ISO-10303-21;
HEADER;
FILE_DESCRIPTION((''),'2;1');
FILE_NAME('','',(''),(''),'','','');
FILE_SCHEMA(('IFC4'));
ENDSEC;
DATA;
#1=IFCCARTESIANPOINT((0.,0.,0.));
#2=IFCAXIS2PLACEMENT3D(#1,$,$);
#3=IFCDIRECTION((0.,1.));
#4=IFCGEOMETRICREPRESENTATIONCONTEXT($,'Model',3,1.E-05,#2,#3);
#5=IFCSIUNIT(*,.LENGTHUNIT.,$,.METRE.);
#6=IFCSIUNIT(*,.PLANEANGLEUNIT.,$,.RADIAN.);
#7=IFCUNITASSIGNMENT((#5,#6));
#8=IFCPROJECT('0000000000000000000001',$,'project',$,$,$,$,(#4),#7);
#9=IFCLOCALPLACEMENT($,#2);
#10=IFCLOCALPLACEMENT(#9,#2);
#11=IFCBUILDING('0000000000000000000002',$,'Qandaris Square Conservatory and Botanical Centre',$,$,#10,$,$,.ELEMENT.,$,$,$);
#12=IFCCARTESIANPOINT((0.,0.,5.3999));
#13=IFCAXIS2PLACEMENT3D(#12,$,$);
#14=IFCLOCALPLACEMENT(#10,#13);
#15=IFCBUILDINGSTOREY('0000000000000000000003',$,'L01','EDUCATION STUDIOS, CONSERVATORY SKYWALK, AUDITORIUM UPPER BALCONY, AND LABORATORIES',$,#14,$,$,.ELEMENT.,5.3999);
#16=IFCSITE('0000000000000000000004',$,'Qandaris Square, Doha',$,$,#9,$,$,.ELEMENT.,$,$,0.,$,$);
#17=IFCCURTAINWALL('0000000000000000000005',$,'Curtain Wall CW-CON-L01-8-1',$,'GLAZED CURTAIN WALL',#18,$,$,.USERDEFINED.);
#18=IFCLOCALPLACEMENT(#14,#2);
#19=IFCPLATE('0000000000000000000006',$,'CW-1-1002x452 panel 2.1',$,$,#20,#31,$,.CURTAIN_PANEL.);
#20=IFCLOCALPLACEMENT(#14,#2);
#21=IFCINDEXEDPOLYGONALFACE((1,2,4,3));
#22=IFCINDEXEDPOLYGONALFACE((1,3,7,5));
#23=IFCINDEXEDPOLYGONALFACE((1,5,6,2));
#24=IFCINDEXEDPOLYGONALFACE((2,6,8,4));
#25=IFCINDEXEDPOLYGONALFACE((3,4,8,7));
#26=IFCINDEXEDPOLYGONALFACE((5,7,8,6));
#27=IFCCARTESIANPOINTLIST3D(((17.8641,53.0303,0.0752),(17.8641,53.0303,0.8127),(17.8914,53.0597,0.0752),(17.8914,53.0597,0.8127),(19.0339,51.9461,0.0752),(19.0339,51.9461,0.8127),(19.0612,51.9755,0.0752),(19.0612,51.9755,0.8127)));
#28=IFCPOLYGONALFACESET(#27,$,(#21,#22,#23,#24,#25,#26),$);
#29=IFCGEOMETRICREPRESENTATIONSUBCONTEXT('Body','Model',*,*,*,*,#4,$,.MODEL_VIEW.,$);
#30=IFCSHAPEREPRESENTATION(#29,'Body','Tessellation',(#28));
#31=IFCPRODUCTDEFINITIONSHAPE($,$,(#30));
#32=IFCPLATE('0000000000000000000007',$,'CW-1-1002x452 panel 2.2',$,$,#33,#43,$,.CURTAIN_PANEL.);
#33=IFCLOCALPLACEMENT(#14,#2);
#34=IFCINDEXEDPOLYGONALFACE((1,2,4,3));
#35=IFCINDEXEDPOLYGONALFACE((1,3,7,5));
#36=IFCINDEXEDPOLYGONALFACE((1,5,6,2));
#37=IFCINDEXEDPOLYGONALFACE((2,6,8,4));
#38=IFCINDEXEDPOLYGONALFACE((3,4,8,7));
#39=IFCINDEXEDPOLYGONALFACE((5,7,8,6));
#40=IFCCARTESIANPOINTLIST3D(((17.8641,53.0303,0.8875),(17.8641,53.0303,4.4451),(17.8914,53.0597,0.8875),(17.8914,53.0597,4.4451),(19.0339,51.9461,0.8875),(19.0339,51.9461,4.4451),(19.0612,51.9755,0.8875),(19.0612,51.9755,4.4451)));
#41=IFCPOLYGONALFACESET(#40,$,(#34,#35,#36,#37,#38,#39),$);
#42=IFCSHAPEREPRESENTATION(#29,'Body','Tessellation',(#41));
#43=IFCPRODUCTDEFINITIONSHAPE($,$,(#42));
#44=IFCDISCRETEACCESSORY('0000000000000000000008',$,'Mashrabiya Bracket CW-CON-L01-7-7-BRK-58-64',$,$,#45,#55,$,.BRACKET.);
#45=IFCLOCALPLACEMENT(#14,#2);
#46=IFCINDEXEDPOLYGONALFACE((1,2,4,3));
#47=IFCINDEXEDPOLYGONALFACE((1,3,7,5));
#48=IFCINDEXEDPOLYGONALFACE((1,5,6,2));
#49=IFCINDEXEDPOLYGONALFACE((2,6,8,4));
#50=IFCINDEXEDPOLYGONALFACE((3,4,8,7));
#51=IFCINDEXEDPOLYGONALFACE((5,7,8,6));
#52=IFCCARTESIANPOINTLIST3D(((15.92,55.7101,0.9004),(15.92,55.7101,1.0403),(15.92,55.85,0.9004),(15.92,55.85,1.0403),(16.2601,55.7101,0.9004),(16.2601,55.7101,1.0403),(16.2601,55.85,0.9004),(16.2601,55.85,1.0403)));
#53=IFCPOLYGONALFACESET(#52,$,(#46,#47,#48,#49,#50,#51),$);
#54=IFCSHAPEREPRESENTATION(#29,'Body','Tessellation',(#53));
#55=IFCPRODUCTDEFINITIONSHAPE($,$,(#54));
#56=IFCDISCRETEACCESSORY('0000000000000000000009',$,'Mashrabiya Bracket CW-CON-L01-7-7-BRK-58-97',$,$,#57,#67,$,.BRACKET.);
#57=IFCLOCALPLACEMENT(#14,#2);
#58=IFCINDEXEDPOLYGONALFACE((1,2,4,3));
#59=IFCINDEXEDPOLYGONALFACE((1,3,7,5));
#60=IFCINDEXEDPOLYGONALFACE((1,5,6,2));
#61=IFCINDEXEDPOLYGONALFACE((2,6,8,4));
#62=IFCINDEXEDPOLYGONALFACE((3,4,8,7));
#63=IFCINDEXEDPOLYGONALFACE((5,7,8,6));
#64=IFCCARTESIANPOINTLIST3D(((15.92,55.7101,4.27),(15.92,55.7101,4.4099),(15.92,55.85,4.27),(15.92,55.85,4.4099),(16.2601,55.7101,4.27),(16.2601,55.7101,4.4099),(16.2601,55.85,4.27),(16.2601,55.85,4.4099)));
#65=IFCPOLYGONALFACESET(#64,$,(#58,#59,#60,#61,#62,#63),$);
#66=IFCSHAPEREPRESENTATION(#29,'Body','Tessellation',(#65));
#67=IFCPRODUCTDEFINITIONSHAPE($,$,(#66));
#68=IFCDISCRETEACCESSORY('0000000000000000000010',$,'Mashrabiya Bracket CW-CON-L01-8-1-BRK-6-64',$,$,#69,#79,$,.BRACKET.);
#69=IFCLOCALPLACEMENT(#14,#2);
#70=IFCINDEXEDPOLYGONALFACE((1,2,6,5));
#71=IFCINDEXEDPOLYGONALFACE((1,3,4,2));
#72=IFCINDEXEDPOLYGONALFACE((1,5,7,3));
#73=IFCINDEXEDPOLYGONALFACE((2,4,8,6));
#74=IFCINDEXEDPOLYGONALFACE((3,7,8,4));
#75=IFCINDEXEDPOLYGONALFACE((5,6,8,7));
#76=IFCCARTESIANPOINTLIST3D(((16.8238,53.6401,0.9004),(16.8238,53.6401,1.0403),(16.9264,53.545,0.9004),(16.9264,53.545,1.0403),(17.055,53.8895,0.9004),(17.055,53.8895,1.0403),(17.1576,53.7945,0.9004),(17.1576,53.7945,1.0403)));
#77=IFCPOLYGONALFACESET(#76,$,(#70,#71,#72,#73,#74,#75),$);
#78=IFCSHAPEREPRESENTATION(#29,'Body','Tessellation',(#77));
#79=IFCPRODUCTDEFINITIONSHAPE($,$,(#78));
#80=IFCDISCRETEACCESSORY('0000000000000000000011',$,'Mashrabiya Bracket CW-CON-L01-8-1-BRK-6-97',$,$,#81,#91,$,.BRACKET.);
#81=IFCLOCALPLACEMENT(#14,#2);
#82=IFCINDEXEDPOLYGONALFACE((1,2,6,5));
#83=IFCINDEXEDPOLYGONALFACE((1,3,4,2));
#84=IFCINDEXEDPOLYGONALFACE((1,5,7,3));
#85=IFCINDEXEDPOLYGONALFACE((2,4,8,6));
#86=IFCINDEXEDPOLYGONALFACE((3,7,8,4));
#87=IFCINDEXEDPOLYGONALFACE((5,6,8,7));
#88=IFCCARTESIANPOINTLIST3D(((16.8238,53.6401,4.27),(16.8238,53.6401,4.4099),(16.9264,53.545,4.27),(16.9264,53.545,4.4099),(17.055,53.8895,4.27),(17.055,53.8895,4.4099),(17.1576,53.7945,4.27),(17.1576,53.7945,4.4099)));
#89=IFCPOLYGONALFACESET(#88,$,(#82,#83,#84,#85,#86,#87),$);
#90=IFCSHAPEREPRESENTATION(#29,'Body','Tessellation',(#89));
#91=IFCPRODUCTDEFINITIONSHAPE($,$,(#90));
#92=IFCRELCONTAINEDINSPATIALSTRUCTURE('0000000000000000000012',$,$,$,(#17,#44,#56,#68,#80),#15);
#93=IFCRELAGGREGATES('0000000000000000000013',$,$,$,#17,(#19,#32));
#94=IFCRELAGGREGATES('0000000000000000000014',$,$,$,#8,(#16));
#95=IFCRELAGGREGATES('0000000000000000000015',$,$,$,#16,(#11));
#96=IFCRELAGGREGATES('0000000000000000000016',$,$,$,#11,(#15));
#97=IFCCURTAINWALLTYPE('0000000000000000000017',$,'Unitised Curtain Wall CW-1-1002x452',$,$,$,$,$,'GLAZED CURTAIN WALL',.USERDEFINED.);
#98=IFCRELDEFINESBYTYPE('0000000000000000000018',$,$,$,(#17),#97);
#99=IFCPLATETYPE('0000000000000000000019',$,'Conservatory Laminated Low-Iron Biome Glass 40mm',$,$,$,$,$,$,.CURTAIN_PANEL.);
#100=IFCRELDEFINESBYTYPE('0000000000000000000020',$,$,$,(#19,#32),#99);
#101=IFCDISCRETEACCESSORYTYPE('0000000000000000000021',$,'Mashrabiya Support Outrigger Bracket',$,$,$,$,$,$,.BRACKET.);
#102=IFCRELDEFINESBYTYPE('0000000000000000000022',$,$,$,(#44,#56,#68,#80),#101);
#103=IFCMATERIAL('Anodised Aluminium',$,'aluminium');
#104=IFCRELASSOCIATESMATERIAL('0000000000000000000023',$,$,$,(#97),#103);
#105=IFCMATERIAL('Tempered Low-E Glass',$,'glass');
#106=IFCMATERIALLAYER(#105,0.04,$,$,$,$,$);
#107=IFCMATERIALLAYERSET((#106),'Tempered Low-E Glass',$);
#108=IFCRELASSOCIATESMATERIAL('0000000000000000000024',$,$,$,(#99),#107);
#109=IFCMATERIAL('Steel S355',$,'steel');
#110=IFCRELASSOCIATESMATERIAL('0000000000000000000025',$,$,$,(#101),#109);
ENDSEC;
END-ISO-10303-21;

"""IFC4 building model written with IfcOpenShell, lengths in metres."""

from ifc_helpers import new_model, si_unit, direction, frame, origin, origin_2d, place, context, subcontext, project, spatial, rectangle, extrude, material, layer, layer_set, type_object, element, aggregate, save


model = new_model("IFC4")

# Units and contexts
model_context = context("Model", 3, precision=1e-05, world=origin(), true_north=direction((0.0, 1.0)))
body_context = subcontext(model_context, "Body", "Model", "MODEL_VIEW")
ifc_project = project(units=[si_unit("LENGTHUNIT", "METRE"), si_unit("PLANEANGLEUNIT", "RADIAN")], contexts=[model_context])

# Site, building, storey
site_placement = place(None, origin())
site = spatial("IfcSite", under=ifc_project, at=site_placement, Name="Qandaris Square, Doha", CompositionType="ELEMENT", RefElevation=0.0)
building_placement = place(site_placement, origin())
building = spatial("IfcBuilding", under=site, at=building_placement, Name="Qandaris Square Conservatory and Botanical Centre", CompositionType="ELEMENT")
storey_placement = place(building_placement, frame((0.0, 0.0, 5.3999)))
storey = spatial("IfcBuildingStorey", under=building, at=storey_placement, Name="L01", Description="EDUCATION STUDIOS, CONSERVATORY SKYWALK, AUDITORIUM UPPER BALCONY, AND LABORATORIES", CompositionType="ELEMENT", Elevation=5.3999)

# Shared definitions
ifc_material_1 = material(Name="Steel S355", Category="steel")

# Curtain wall
ifc_material_2 = material(Name="Anodised Aluminium", Category="aluminium")
curtain_wall_type_1 = type_object("IfcCurtainWallType", Name="Unitised Curtain Wall CW-1-1002x452", ElementType="GLAZED CURTAIN WALL", PredefinedType="USERDEFINED", material=ifc_material_2)
curtain_wall_1_placement = place(storey_placement, origin())
curtain_wall_1 = element("IfcCurtainWall", 1, at=curtain_wall_1_placement, inside=storey, type_object=curtain_wall_type_1, Name="Curtain Wall CW-CON-L01-8-1", ObjectType="GLAZED CURTAIN WALL", PredefinedType="USERDEFINED")

# Plates
ifc_material_3 = material(Name="Tempered Low-E Glass", Category="glass")
ifc_layer = layer(ifc_material_3, 0.04)
ifc_layer_set = layer_set([ifc_layer], Name="Tempered Low-E Glass")
plate_type = type_object("IfcPlateType", Name="Conservatory Laminated Low-Iron Biome Glass 40mm", PredefinedType="CURTAIN_PANEL", material=ifc_layer_set)
plate_1_placement = place(storey_placement, frame((18.4626, 52.5029, 0.0752), z_axis=(0.0, 0.0, 1.0), x_axis=(0.733433, -0.679762, 0.0)))
plate_1 = element("IfcPlate", 2, at=plate_1_placement, type_object=plate_type, Name="CW-1-1002x452 panel 2.1", PredefinedType="CURTAIN_PANEL", context=body_context, shape_type="SweptSolid", body=[
    extrude(rectangle(XDim=1.595, YDim=0.04, at=origin_2d()), origin(), (0.0, 0.0, 1.0), 0.7375),
])
plate_2_placement = place(storey_placement, frame((18.4626, 52.5029, 0.8875), z_axis=(0.0, 0.0, 1.0), x_axis=(0.733433, -0.679762, 0.0)))
plate_2 = element("IfcPlate", 3, at=plate_2_placement, type_object=plate_type, Name="CW-1-1002x452 panel 2.2", PredefinedType="CURTAIN_PANEL", context=body_context, shape_type="SweptSolid", body=[
    extrude(rectangle(XDim=1.595, YDim=0.04, at=origin_2d()), origin(), (0.0, 0.0, 1.0), 3.5576),
])
aggregate(curtain_wall_1, [plate_1, plate_2])

# Discrete accessories
discrete_accessory_type = type_object("IfcDiscreteAccessoryType", Name="Mashrabiya Support Outrigger Bracket", PredefinedType="BRACKET", material=ifc_material_1)
for number, where, z_axis, x_axis, name in (
    (4, (16.0901, 55.78, 0.9004), (0.0, 0.0, 1.0), (0.0, -1.0, 0.0), "Mashrabiya Bracket CW-CON-L01-7-7-BRK-58-64"),
    (5, (16.0901, 55.78, 4.27), (0.0, 0.0, 1.0), (0.0, -1.0, 0.0), "Mashrabiya Bracket CW-CON-L01-7-7-BRK-58-97"),
    (6, (16.9907, 53.7173, 0.9004), (0.0, 0.0, 1.0), (0.733433, -0.679762, 0.0), "Mashrabiya Bracket CW-CON-L01-8-1-BRK-6-64"),
    (7, (16.9907, 53.7173, 4.27), (0.0, 0.0, 1.0), (0.733433, -0.679762, 0.0), "Mashrabiya Bracket CW-CON-L01-8-1-BRK-6-97"),
):
    element("IfcDiscreteAccessory", number, at=place(storey_placement, frame(where, z_axis=z_axis, x_axis=x_axis)), inside=storey, type_object=discrete_accessory_type, Name=name, PredefinedType="BRACKET", context=body_context, shape_type="SweptSolid", body=[
        extrude(rectangle(XDim=0.1399, YDim=0.3401, at=origin_2d()), origin(), (0.0, 0.0, 1.0), 0.1399),
    ])

save(model, "model.ifc")
